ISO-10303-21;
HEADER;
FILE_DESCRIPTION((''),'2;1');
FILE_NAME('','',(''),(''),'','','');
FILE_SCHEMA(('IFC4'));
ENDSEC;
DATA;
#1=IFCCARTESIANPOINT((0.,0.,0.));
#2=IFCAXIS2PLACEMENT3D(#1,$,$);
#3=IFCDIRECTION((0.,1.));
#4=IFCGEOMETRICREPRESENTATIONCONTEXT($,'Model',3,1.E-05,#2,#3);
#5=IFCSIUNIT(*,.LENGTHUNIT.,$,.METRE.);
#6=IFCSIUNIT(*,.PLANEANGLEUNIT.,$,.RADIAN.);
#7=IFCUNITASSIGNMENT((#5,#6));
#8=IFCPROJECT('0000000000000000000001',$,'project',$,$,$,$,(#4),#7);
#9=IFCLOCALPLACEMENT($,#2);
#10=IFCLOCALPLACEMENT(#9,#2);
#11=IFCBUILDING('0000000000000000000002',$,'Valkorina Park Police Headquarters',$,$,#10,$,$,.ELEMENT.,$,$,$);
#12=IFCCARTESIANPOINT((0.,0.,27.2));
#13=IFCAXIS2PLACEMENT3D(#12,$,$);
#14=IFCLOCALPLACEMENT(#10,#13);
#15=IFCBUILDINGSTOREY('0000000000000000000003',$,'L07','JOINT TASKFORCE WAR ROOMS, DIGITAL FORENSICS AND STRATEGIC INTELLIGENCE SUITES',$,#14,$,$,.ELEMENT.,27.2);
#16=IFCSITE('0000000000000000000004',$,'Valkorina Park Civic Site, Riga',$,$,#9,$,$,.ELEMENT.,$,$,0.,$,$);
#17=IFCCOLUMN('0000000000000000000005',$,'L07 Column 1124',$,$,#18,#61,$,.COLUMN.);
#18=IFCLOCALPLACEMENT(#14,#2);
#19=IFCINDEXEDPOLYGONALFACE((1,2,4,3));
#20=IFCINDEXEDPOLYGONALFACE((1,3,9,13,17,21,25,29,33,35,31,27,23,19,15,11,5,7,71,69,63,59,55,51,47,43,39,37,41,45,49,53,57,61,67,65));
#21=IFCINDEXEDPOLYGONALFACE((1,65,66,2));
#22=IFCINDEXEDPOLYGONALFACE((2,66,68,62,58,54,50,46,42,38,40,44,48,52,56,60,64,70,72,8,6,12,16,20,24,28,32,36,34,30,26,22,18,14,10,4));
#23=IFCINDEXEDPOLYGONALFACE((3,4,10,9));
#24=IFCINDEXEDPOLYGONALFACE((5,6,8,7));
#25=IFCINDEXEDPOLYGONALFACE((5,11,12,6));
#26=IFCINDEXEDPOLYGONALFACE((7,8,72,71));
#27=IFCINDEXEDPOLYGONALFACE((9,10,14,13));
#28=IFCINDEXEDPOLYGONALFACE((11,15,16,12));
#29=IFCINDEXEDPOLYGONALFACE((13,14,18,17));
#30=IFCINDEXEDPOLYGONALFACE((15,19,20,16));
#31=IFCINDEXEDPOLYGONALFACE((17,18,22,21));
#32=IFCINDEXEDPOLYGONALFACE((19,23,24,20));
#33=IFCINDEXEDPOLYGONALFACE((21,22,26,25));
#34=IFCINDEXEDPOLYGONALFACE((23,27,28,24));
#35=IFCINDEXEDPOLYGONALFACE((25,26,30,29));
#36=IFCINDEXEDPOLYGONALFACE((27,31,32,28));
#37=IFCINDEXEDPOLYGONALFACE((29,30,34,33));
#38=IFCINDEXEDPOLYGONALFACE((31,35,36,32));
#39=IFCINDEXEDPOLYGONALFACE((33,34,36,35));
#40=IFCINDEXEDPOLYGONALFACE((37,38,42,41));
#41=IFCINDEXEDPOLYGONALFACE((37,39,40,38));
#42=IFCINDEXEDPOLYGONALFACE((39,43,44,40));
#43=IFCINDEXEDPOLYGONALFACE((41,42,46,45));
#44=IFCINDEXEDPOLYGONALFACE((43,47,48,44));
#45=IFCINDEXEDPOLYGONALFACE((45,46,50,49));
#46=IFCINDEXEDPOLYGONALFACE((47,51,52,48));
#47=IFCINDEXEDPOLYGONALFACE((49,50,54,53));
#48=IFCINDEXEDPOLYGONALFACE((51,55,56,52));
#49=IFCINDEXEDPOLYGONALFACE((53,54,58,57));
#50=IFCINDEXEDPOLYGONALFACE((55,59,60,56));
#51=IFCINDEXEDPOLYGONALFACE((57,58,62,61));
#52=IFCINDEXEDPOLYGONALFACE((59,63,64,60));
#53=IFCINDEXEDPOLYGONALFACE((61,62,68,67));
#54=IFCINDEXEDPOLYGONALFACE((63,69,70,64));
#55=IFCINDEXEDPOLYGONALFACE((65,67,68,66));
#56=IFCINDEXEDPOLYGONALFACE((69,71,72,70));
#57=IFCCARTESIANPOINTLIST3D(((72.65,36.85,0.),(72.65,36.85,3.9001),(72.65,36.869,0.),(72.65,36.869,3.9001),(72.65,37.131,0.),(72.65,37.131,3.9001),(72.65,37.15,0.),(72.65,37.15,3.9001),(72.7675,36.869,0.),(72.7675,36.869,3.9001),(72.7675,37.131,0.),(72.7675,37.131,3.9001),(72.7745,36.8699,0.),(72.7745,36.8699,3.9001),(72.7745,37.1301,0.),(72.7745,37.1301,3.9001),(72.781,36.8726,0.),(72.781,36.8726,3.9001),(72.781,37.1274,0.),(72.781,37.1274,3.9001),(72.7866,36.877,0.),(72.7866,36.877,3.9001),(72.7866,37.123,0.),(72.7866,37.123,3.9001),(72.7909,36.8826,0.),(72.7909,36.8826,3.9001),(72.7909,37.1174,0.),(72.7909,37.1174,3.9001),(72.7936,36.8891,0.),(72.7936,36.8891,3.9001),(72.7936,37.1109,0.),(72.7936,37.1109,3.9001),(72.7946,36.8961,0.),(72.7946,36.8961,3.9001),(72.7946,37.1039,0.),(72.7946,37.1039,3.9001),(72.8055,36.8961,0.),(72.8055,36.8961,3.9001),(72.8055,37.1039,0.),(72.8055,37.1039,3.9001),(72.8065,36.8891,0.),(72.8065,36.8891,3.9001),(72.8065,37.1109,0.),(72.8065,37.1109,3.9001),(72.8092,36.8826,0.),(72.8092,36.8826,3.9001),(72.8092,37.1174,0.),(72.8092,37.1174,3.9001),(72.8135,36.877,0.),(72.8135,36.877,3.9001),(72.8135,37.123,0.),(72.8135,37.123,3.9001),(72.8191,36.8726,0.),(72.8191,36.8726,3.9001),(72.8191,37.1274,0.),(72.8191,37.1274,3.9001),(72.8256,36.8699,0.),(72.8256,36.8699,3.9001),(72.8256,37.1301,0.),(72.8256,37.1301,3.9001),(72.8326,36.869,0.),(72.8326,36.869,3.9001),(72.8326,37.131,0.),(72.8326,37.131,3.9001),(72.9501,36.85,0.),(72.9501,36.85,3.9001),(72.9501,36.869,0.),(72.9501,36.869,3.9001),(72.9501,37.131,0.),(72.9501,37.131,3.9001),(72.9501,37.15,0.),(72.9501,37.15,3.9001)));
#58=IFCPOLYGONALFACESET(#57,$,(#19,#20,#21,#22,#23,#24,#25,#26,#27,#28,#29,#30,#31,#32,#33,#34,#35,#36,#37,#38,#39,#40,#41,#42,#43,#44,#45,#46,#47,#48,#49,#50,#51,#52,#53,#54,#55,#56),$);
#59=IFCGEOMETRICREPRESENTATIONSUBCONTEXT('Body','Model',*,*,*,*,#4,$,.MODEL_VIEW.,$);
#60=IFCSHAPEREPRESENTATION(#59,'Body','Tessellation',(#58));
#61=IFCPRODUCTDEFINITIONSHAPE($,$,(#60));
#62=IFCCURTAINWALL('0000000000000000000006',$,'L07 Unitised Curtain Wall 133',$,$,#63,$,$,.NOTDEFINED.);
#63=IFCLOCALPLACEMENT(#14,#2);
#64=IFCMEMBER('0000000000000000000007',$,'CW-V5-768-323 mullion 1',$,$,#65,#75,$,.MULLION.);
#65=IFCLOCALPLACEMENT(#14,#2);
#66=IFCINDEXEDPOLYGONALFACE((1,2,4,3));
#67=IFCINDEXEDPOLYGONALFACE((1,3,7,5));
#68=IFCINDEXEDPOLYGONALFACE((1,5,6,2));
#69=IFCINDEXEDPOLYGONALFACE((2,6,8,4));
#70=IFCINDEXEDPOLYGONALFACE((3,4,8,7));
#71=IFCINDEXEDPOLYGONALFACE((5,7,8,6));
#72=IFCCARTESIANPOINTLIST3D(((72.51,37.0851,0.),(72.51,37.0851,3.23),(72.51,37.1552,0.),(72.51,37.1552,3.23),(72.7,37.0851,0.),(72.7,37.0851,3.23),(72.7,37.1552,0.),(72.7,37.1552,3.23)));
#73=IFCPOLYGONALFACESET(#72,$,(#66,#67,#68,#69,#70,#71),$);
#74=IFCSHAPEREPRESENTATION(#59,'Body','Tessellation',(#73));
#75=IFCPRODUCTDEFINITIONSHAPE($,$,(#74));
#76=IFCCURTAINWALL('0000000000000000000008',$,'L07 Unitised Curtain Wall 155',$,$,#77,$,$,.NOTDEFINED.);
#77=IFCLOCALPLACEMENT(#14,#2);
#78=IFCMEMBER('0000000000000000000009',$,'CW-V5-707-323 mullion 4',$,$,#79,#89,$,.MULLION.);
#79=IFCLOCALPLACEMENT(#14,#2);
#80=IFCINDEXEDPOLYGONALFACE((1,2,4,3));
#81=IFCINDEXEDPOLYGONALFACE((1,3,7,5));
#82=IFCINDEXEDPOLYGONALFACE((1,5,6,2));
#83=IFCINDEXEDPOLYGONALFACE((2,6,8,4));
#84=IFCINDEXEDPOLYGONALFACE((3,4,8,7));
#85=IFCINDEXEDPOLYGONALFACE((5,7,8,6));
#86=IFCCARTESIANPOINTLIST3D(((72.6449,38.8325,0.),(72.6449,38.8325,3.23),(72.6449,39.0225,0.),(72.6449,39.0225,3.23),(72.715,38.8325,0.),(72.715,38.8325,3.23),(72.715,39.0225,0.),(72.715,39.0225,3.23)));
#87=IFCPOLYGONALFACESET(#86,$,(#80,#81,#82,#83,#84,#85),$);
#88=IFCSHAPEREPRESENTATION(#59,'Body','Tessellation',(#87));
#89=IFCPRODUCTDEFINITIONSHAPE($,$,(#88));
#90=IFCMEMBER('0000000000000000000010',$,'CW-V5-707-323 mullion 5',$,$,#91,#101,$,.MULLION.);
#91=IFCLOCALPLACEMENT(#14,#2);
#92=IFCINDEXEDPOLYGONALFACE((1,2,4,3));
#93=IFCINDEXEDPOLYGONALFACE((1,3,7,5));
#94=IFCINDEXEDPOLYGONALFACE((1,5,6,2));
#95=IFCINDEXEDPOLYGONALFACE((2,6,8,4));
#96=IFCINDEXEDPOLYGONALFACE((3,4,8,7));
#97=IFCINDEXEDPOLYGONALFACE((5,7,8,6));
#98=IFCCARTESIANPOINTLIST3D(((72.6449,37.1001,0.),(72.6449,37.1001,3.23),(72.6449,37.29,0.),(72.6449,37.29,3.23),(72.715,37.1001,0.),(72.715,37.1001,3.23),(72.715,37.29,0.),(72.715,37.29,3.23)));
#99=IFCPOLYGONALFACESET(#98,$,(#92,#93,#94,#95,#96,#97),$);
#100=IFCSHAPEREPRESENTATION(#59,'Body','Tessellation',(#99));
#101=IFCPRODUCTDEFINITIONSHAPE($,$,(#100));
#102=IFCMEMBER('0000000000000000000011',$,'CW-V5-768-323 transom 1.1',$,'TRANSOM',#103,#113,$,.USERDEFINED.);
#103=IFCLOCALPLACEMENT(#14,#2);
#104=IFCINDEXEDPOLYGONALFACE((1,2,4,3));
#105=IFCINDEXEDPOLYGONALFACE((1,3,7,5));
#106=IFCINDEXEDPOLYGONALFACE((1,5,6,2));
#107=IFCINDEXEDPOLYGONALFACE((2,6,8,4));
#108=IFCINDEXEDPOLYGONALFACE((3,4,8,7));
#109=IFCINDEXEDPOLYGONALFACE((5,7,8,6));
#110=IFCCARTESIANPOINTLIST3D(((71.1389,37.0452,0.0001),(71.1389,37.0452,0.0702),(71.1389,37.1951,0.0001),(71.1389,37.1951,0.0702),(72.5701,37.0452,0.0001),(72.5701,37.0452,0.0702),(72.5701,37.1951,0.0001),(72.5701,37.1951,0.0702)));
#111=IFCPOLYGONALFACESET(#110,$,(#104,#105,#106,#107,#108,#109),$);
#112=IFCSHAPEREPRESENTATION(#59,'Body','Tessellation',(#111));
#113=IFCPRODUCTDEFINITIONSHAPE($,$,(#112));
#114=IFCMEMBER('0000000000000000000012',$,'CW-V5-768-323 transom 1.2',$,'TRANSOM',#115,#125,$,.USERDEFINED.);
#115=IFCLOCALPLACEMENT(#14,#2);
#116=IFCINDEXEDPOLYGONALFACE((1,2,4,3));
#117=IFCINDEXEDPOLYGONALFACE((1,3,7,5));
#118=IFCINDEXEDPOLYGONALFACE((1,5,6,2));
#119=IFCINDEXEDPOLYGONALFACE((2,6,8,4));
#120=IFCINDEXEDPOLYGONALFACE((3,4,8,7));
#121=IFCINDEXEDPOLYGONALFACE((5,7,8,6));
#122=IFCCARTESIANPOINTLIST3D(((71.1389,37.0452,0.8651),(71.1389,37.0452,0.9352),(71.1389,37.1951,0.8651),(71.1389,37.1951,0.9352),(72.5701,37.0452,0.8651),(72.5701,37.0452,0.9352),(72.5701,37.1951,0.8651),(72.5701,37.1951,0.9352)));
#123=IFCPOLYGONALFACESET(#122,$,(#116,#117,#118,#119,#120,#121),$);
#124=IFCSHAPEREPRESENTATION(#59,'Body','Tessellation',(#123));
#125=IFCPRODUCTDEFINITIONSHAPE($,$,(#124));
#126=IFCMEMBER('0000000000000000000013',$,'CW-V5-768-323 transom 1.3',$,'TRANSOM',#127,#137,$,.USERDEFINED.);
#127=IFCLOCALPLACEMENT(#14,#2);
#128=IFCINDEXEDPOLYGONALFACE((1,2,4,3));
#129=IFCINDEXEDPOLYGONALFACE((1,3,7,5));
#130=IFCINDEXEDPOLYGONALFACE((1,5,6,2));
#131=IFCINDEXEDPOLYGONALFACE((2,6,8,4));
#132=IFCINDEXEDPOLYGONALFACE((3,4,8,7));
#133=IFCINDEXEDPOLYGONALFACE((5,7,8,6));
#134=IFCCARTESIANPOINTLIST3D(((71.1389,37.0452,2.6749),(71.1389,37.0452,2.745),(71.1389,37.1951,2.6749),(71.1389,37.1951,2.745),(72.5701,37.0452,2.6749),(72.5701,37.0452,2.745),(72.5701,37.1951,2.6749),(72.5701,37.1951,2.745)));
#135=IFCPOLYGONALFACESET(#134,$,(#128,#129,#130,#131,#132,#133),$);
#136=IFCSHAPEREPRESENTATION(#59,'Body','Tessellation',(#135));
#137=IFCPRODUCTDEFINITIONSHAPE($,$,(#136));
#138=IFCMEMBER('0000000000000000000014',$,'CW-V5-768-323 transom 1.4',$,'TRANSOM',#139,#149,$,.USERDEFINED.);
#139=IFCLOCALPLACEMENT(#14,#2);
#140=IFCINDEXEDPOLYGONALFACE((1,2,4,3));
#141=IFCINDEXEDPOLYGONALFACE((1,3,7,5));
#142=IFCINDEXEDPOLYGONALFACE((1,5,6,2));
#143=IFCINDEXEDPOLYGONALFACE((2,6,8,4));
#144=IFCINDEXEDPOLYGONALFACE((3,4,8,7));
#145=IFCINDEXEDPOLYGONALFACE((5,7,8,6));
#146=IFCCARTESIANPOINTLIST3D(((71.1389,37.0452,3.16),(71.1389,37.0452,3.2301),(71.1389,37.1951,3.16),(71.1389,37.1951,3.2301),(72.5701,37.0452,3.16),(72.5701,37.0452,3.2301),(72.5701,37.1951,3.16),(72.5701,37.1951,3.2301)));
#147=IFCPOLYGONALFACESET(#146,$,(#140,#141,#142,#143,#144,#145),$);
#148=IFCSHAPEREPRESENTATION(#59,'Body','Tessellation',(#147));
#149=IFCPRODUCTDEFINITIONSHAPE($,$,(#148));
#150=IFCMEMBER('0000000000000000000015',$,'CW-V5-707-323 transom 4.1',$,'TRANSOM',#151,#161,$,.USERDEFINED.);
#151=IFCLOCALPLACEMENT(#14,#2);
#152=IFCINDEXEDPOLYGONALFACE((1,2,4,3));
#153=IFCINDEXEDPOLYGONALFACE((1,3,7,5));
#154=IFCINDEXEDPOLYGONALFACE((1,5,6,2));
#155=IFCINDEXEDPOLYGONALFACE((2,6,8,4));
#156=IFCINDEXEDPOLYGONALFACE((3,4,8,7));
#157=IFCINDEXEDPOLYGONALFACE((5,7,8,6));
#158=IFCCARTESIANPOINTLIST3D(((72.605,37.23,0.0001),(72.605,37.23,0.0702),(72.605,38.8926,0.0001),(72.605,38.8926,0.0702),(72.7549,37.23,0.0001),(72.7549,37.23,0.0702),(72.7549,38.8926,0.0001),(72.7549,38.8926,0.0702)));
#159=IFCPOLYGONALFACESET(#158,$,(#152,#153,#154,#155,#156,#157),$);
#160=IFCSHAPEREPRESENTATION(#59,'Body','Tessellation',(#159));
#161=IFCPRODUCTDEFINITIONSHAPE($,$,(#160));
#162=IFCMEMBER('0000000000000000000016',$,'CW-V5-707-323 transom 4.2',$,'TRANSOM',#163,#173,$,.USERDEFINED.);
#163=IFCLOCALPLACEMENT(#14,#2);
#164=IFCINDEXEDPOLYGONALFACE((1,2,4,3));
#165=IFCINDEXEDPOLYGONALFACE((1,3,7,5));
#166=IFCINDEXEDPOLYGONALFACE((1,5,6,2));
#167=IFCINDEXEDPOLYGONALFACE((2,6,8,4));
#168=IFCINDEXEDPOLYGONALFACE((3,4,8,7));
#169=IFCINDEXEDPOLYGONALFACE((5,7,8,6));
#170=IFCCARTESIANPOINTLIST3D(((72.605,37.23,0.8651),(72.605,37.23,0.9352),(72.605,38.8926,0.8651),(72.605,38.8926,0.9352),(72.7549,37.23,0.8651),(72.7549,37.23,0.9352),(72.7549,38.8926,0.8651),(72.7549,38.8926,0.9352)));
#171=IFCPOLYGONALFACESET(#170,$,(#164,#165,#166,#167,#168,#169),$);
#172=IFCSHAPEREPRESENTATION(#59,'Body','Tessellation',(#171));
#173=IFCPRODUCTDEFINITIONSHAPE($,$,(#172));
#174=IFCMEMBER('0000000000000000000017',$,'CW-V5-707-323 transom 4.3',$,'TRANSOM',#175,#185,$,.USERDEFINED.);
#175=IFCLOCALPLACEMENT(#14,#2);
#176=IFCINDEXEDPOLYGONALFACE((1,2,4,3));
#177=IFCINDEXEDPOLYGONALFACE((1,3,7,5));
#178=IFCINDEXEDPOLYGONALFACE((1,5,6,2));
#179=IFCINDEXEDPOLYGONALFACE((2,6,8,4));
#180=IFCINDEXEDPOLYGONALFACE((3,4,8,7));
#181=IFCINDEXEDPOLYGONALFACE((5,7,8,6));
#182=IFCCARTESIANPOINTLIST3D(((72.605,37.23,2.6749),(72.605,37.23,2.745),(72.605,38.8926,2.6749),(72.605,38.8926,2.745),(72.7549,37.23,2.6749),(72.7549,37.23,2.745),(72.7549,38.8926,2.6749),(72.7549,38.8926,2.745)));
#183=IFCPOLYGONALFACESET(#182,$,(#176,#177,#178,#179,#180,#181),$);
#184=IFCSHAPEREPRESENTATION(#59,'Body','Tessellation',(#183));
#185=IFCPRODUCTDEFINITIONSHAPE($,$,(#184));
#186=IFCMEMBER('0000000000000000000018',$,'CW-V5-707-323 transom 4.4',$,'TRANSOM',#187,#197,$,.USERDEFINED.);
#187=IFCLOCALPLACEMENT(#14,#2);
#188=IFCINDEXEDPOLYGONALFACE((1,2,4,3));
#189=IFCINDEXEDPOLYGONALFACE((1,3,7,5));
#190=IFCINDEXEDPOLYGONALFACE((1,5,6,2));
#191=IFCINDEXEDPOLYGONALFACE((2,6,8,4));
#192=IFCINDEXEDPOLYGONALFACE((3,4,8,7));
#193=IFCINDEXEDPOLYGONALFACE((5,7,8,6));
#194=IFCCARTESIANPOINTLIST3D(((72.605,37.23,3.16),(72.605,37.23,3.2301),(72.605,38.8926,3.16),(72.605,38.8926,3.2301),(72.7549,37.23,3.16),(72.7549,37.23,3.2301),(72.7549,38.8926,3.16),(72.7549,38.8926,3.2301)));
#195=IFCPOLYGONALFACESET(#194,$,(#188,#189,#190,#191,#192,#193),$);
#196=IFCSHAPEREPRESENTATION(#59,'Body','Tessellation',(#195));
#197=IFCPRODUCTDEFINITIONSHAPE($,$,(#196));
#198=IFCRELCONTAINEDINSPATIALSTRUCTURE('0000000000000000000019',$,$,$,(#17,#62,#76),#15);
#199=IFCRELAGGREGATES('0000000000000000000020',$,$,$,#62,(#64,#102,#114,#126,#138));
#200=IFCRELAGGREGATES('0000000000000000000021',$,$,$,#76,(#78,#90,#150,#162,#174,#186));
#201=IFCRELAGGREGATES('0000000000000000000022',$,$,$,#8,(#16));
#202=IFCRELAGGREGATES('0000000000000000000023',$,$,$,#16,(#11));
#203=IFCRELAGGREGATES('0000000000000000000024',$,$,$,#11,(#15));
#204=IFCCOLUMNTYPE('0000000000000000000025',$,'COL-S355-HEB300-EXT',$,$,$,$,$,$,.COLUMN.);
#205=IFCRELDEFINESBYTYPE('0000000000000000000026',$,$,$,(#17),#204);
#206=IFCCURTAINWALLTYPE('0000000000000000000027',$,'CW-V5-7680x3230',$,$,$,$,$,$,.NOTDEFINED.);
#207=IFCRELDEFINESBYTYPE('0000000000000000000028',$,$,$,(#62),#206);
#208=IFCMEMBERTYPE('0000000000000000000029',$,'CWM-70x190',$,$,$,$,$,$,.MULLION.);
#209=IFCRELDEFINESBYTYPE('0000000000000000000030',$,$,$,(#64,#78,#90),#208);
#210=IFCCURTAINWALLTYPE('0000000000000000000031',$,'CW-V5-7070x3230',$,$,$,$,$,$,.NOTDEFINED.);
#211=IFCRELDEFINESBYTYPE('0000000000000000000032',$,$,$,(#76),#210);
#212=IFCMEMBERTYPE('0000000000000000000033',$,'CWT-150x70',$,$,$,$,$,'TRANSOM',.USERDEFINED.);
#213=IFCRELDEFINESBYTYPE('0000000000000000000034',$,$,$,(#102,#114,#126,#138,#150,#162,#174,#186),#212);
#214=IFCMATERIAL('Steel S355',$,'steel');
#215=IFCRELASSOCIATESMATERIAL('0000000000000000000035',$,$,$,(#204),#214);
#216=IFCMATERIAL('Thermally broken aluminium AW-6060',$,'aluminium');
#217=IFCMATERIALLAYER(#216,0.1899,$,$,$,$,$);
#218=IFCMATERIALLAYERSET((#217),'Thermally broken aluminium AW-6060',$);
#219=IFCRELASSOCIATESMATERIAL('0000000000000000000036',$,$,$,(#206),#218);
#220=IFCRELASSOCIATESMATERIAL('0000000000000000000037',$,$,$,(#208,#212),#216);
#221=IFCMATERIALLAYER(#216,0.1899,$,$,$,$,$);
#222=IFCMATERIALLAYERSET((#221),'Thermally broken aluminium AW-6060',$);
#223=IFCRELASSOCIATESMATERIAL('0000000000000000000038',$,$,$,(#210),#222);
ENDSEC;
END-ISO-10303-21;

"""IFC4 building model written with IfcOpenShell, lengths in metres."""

from ifc_helpers import new_model, si_unit, direction, frame, origin, origin_2d, place, context, subcontext, project, spatial, rectangle, i_section, extrude, material, layer, layer_set, material_profile, profile_set, type_object, element, aggregate, save


model = new_model("IFC4")

# Units and contexts
model_context = context("Model", 3, precision=1e-05, world=origin(), true_north=direction((0.0, 1.0)))
body_context = subcontext(model_context, "Body", "Model", "MODEL_VIEW")
ifc_project = project(units=[si_unit("LENGTHUNIT", "METRE"), si_unit("PLANEANGLEUNIT", "RADIAN")], contexts=[model_context])

# Site, building, storey
site_placement = place(None, origin())
site = spatial("IfcSite", under=ifc_project, at=site_placement, Name="Valkorina Park Civic Site, Riga", CompositionType="ELEMENT", RefElevation=0.0)
building_placement = place(site_placement, origin())
building = spatial("IfcBuilding", under=site, at=building_placement, Name="Valkorina Park Police Headquarters", CompositionType="ELEMENT")
storey_placement = place(building_placement, frame((0.0, 0.0, 27.2)))
storey = spatial("IfcBuildingStorey", under=building, at=storey_placement, Name="L07", Description="JOINT TASKFORCE WAR ROOMS, DIGITAL FORENSICS AND STRATEGIC INTELLIGENCE SUITES", CompositionType="ELEMENT", Elevation=27.2)

# Column
ifc_material_1 = material(Name="Steel S355", Category="steel")
ifc_material_profile_1 = material_profile(ifc_material_1, i_section(OverallWidth=0.3, OverallDepth=0.3, WebThickness=0.011, FlangeThickness=0.019, FilletRadius=0.0271, at=origin_2d()), Name="HEB 300")
ifc_profile_set_1 = profile_set([ifc_material_profile_1], Name="Steel S355")
column_type = type_object("IfcColumnType", Name="COL-S355-HEB300-EXT", PredefinedType="COLUMN", material=ifc_profile_set_1)
column_placement = place(storey_placement, frame((72.8, 37.0, 0.0), z_axis=(0.0, 0.0, 1.0), x_axis=(1.0, 0.0, 0.0)))
element("IfcColumn", 1, at=column_placement, inside=storey, type_object=column_type, Name="L07 Column 1124", PredefinedType="COLUMN", context=body_context, shape_type="SweptSolid", body=[
    extrude(i_section(OverallWidth=0.3, OverallDepth=0.3, WebThickness=0.011, FlangeThickness=0.019, FilletRadius=0.0271, at=origin_2d()), origin(), (0.0, 0.0, 1.0), 3.9001),
])

# Curtain wall, member
ifc_material_2 = material(Name="Thermally broken aluminium AW-6060", Category="aluminium")
ifc_layer_1 = layer(ifc_material_2, 0.1899)
ifc_layer_set_1 = layer_set([ifc_layer_1], Name="Thermally broken aluminium AW-6060")
curtain_wall_type_1 = type_object("IfcCurtainWallType", Name="CW-V5-7680x3230", PredefinedType="NOTDEFINED", material=ifc_layer_set_1)
curtain_wall_1_placement = place(storey_placement, origin())
curtain_wall_1 = element("IfcCurtainWall", 2, at=curtain_wall_1_placement, inside=storey, type_object=curtain_wall_type_1, Name="L07 Unitised Curtain Wall 133", PredefinedType="NOTDEFINED")
ifc_material_profile_2 = material_profile(ifc_material_2, rectangle(XDim=0.0701, YDim=0.1899, at=origin_2d()), Name="CWM-02 70x190")
ifc_profile_set_2 = profile_set([ifc_material_profile_2], Name="Thermally broken aluminium AW-6060")
member_type_1 = type_object("IfcMemberType", Name="CWM-70x190", PredefinedType="MULLION", material=ifc_profile_set_2)
member_1_placement = place(storey_placement, frame((72.605, 37.1201, 0.0), z_axis=(0.0, 0.0, 1.0), x_axis=(0.0, -1.0, 0.0)))
member_1 = element("IfcMember", 3, at=member_1_placement, type_object=member_type_1, Name="CW-V5-768-323 mullion 1", PredefinedType="MULLION", context=body_context, shape_type="SweptSolid", body=[
    extrude(rectangle(XDim=0.0701, YDim=0.1899, at=origin_2d()), origin(), (0.0, 0.0, 1.0), 3.23),
])

# Curtain wall, members
ifc_layer_2 = layer(ifc_material_2, 0.1899)
ifc_layer_set_2 = layer_set([ifc_layer_2], Name="Thermally broken aluminium AW-6060")
curtain_wall_type_2 = type_object("IfcCurtainWallType", Name="CW-V5-7070x3230", PredefinedType="NOTDEFINED", material=ifc_layer_set_2)
curtain_wall_2_placement = place(storey_placement, origin())
curtain_wall_2 = element("IfcCurtainWall", 4, at=curtain_wall_2_placement, inside=storey, type_object=curtain_wall_type_2, Name="L07 Unitised Curtain Wall 155", PredefinedType="NOTDEFINED")
member_2_placement = place(storey_placement, frame((72.6799, 38.9275, 0.0), z_axis=(0.0, 0.0, 1.0), x_axis=(1.0, 0.0, 0.0)))
member_2 = element("IfcMember", 5, at=member_2_placement, type_object=member_type_1, Name="CW-V5-707-323 mullion 4", PredefinedType="MULLION", context=body_context, shape_type="SweptSolid", body=[
    extrude(rectangle(XDim=0.0701, YDim=0.1899, at=origin_2d()), origin(), (0.0, 0.0, 1.0), 3.23),
])
member_3_placement = place(storey_placement, frame((72.6799, 37.1951, 0.0), z_axis=(0.0, 0.0, 1.0), x_axis=(1.0, 0.0, 0.0)))
member_3 = element("IfcMember", 6, at=member_3_placement, type_object=member_type_1, Name="CW-V5-707-323 mullion 5", PredefinedType="MULLION", context=body_context, shape_type="SweptSolid", body=[
    extrude(rectangle(XDim=0.0701, YDim=0.1899, at=origin_2d()), origin(), (0.0, 0.0, 1.0), 3.23),
])

# Members
ifc_material_profile_3 = material_profile(ifc_material_2, rectangle(XDim=0.1499, YDim=0.0701, at=origin_2d()), Name="CWT-02 150x70")
ifc_profile_set_3 = profile_set([ifc_material_profile_3], Name="Thermally broken aluminium AW-6060")
member_type_2 = type_object("IfcMemberType", Name="CWT-150x70", ElementType="TRANSOM", PredefinedType="USERDEFINED", material=ifc_profile_set_3)
member_4_placement = place(storey_placement, frame((72.5701, 37.1201, 0.0352), z_axis=(-1.0, 0.0, 0.0), x_axis=(0.0, -1.0, 0.0)))
member_4 = element("IfcMember", 7, at=member_4_placement, type_object=member_type_2, Name="CW-V5-768-323 transom 1.1", ObjectType="TRANSOM", PredefinedType="USERDEFINED", context=body_context, shape_type="SweptSolid", body=[
    extrude(rectangle(XDim=0.1499, YDim=0.0701, at=origin_2d()), origin(), (0.0, 0.0, 1.0), 1.4312),
])
member_5_placement = place(storey_placement, frame((72.5701, 37.1201, 0.9001), z_axis=(-1.0, 0.0, 0.0), x_axis=(0.0, -1.0, 0.0)))
member_5 = element("IfcMember", 8, at=member_5_placement, type_object=member_type_2, Name="CW-V5-768-323 transom 1.2", ObjectType="TRANSOM", PredefinedType="USERDEFINED", context=body_context, shape_type="SweptSolid", body=[
    extrude(rectangle(XDim=0.1499, YDim=0.0701, at=origin_2d()), origin(), (0.0, 0.0, 1.0), 1.4312),
])
member_6_placement = place(storey_placement, frame((72.5701, 37.1201, 2.71), z_axis=(-1.0, 0.0, 0.0), x_axis=(0.0, -1.0, 0.0)))
member_6 = element("IfcMember", 9, at=member_6_placement, type_object=member_type_2, Name="CW-V5-768-323 transom 1.3", ObjectType="TRANSOM", PredefinedType="USERDEFINED", context=body_context, shape_type="SweptSolid", body=[
    extrude(rectangle(XDim=0.1499, YDim=0.0701, at=origin_2d()), origin(), (0.0, 0.0, 1.0), 1.4312),
])
member_7_placement = place(storey_placement, frame((72.5701, 37.1201, 3.1951), z_axis=(-1.0, 0.0, 0.0), x_axis=(0.0, -1.0, 0.0)))
member_7 = element("IfcMember", 10, at=member_7_placement, type_object=member_type_2, Name="CW-V5-768-323 transom 1.4", ObjectType="TRANSOM", PredefinedType="USERDEFINED", context=body_context, shape_type="SweptSolid", body=[
    extrude(rectangle(XDim=0.1499, YDim=0.0701, at=origin_2d()), origin(), (0.0, 0.0, 1.0), 1.4312),
])
member_8_placement = place(storey_placement, frame((72.6799, 38.8926, 0.0352), z_axis=(0.0, -1.0, 0.0), x_axis=(1.0, 0.0, 0.0)))
member_8 = element("IfcMember", 11, at=member_8_placement, type_object=member_type_2, Name="CW-V5-707-323 transom 4.1", ObjectType="TRANSOM", PredefinedType="USERDEFINED", context=body_context, shape_type="SweptSolid", body=[
    extrude(rectangle(XDim=0.1499, YDim=0.0701, at=origin_2d()), origin(), (0.0, 0.0, 1.0), 1.6626),
])
member_9_placement = place(storey_placement, frame((72.6799, 38.8926, 0.9001), z_axis=(0.0, -1.0, 0.0), x_axis=(1.0, 0.0, 0.0)))
member_9 = element("IfcMember", 12, at=member_9_placement, type_object=member_type_2, Name="CW-V5-707-323 transom 4.2", ObjectType="TRANSOM", PredefinedType="USERDEFINED", context=body_context, shape_type="SweptSolid", body=[
    extrude(rectangle(XDim=0.1499, YDim=0.0701, at=origin_2d()), origin(), (0.0, 0.0, 1.0), 1.6626),
])
member_10_placement = place(storey_placement, frame((72.6799, 38.8926, 2.71), z_axis=(0.0, -1.0, 0.0), x_axis=(1.0, 0.0, 0.0)))
member_10 = element("IfcMember", 13, at=member_10_placement, type_object=member_type_2, Name="CW-V5-707-323 transom 4.3", ObjectType="TRANSOM", PredefinedType="USERDEFINED", context=body_context, shape_type="SweptSolid", body=[
    extrude(rectangle(XDim=0.1499, YDim=0.0701, at=origin_2d()), origin(), (0.0, 0.0, 1.0), 1.6626),
])
member_11_placement = place(storey_placement, frame((72.6799, 38.8926, 3.1951), z_axis=(0.0, -1.0, 0.0), x_axis=(1.0, 0.0, 0.0)))
member_11 = element("IfcMember", 14, at=member_11_placement, type_object=member_type_2, Name="CW-V5-707-323 transom 4.4", ObjectType="TRANSOM", PredefinedType="USERDEFINED", context=body_context, shape_type="SweptSolid", body=[
    extrude(rectangle(XDim=0.1499, YDim=0.0701, at=origin_2d()), origin(), (0.0, 0.0, 1.0), 1.6626),
])

aggregate(curtain_wall_1, [member_1, member_4, member_5, member_6, member_7])
aggregate(curtain_wall_2, [member_2, member_3, member_8, member_9, member_10, member_11])

save(model, "model.ifc")
